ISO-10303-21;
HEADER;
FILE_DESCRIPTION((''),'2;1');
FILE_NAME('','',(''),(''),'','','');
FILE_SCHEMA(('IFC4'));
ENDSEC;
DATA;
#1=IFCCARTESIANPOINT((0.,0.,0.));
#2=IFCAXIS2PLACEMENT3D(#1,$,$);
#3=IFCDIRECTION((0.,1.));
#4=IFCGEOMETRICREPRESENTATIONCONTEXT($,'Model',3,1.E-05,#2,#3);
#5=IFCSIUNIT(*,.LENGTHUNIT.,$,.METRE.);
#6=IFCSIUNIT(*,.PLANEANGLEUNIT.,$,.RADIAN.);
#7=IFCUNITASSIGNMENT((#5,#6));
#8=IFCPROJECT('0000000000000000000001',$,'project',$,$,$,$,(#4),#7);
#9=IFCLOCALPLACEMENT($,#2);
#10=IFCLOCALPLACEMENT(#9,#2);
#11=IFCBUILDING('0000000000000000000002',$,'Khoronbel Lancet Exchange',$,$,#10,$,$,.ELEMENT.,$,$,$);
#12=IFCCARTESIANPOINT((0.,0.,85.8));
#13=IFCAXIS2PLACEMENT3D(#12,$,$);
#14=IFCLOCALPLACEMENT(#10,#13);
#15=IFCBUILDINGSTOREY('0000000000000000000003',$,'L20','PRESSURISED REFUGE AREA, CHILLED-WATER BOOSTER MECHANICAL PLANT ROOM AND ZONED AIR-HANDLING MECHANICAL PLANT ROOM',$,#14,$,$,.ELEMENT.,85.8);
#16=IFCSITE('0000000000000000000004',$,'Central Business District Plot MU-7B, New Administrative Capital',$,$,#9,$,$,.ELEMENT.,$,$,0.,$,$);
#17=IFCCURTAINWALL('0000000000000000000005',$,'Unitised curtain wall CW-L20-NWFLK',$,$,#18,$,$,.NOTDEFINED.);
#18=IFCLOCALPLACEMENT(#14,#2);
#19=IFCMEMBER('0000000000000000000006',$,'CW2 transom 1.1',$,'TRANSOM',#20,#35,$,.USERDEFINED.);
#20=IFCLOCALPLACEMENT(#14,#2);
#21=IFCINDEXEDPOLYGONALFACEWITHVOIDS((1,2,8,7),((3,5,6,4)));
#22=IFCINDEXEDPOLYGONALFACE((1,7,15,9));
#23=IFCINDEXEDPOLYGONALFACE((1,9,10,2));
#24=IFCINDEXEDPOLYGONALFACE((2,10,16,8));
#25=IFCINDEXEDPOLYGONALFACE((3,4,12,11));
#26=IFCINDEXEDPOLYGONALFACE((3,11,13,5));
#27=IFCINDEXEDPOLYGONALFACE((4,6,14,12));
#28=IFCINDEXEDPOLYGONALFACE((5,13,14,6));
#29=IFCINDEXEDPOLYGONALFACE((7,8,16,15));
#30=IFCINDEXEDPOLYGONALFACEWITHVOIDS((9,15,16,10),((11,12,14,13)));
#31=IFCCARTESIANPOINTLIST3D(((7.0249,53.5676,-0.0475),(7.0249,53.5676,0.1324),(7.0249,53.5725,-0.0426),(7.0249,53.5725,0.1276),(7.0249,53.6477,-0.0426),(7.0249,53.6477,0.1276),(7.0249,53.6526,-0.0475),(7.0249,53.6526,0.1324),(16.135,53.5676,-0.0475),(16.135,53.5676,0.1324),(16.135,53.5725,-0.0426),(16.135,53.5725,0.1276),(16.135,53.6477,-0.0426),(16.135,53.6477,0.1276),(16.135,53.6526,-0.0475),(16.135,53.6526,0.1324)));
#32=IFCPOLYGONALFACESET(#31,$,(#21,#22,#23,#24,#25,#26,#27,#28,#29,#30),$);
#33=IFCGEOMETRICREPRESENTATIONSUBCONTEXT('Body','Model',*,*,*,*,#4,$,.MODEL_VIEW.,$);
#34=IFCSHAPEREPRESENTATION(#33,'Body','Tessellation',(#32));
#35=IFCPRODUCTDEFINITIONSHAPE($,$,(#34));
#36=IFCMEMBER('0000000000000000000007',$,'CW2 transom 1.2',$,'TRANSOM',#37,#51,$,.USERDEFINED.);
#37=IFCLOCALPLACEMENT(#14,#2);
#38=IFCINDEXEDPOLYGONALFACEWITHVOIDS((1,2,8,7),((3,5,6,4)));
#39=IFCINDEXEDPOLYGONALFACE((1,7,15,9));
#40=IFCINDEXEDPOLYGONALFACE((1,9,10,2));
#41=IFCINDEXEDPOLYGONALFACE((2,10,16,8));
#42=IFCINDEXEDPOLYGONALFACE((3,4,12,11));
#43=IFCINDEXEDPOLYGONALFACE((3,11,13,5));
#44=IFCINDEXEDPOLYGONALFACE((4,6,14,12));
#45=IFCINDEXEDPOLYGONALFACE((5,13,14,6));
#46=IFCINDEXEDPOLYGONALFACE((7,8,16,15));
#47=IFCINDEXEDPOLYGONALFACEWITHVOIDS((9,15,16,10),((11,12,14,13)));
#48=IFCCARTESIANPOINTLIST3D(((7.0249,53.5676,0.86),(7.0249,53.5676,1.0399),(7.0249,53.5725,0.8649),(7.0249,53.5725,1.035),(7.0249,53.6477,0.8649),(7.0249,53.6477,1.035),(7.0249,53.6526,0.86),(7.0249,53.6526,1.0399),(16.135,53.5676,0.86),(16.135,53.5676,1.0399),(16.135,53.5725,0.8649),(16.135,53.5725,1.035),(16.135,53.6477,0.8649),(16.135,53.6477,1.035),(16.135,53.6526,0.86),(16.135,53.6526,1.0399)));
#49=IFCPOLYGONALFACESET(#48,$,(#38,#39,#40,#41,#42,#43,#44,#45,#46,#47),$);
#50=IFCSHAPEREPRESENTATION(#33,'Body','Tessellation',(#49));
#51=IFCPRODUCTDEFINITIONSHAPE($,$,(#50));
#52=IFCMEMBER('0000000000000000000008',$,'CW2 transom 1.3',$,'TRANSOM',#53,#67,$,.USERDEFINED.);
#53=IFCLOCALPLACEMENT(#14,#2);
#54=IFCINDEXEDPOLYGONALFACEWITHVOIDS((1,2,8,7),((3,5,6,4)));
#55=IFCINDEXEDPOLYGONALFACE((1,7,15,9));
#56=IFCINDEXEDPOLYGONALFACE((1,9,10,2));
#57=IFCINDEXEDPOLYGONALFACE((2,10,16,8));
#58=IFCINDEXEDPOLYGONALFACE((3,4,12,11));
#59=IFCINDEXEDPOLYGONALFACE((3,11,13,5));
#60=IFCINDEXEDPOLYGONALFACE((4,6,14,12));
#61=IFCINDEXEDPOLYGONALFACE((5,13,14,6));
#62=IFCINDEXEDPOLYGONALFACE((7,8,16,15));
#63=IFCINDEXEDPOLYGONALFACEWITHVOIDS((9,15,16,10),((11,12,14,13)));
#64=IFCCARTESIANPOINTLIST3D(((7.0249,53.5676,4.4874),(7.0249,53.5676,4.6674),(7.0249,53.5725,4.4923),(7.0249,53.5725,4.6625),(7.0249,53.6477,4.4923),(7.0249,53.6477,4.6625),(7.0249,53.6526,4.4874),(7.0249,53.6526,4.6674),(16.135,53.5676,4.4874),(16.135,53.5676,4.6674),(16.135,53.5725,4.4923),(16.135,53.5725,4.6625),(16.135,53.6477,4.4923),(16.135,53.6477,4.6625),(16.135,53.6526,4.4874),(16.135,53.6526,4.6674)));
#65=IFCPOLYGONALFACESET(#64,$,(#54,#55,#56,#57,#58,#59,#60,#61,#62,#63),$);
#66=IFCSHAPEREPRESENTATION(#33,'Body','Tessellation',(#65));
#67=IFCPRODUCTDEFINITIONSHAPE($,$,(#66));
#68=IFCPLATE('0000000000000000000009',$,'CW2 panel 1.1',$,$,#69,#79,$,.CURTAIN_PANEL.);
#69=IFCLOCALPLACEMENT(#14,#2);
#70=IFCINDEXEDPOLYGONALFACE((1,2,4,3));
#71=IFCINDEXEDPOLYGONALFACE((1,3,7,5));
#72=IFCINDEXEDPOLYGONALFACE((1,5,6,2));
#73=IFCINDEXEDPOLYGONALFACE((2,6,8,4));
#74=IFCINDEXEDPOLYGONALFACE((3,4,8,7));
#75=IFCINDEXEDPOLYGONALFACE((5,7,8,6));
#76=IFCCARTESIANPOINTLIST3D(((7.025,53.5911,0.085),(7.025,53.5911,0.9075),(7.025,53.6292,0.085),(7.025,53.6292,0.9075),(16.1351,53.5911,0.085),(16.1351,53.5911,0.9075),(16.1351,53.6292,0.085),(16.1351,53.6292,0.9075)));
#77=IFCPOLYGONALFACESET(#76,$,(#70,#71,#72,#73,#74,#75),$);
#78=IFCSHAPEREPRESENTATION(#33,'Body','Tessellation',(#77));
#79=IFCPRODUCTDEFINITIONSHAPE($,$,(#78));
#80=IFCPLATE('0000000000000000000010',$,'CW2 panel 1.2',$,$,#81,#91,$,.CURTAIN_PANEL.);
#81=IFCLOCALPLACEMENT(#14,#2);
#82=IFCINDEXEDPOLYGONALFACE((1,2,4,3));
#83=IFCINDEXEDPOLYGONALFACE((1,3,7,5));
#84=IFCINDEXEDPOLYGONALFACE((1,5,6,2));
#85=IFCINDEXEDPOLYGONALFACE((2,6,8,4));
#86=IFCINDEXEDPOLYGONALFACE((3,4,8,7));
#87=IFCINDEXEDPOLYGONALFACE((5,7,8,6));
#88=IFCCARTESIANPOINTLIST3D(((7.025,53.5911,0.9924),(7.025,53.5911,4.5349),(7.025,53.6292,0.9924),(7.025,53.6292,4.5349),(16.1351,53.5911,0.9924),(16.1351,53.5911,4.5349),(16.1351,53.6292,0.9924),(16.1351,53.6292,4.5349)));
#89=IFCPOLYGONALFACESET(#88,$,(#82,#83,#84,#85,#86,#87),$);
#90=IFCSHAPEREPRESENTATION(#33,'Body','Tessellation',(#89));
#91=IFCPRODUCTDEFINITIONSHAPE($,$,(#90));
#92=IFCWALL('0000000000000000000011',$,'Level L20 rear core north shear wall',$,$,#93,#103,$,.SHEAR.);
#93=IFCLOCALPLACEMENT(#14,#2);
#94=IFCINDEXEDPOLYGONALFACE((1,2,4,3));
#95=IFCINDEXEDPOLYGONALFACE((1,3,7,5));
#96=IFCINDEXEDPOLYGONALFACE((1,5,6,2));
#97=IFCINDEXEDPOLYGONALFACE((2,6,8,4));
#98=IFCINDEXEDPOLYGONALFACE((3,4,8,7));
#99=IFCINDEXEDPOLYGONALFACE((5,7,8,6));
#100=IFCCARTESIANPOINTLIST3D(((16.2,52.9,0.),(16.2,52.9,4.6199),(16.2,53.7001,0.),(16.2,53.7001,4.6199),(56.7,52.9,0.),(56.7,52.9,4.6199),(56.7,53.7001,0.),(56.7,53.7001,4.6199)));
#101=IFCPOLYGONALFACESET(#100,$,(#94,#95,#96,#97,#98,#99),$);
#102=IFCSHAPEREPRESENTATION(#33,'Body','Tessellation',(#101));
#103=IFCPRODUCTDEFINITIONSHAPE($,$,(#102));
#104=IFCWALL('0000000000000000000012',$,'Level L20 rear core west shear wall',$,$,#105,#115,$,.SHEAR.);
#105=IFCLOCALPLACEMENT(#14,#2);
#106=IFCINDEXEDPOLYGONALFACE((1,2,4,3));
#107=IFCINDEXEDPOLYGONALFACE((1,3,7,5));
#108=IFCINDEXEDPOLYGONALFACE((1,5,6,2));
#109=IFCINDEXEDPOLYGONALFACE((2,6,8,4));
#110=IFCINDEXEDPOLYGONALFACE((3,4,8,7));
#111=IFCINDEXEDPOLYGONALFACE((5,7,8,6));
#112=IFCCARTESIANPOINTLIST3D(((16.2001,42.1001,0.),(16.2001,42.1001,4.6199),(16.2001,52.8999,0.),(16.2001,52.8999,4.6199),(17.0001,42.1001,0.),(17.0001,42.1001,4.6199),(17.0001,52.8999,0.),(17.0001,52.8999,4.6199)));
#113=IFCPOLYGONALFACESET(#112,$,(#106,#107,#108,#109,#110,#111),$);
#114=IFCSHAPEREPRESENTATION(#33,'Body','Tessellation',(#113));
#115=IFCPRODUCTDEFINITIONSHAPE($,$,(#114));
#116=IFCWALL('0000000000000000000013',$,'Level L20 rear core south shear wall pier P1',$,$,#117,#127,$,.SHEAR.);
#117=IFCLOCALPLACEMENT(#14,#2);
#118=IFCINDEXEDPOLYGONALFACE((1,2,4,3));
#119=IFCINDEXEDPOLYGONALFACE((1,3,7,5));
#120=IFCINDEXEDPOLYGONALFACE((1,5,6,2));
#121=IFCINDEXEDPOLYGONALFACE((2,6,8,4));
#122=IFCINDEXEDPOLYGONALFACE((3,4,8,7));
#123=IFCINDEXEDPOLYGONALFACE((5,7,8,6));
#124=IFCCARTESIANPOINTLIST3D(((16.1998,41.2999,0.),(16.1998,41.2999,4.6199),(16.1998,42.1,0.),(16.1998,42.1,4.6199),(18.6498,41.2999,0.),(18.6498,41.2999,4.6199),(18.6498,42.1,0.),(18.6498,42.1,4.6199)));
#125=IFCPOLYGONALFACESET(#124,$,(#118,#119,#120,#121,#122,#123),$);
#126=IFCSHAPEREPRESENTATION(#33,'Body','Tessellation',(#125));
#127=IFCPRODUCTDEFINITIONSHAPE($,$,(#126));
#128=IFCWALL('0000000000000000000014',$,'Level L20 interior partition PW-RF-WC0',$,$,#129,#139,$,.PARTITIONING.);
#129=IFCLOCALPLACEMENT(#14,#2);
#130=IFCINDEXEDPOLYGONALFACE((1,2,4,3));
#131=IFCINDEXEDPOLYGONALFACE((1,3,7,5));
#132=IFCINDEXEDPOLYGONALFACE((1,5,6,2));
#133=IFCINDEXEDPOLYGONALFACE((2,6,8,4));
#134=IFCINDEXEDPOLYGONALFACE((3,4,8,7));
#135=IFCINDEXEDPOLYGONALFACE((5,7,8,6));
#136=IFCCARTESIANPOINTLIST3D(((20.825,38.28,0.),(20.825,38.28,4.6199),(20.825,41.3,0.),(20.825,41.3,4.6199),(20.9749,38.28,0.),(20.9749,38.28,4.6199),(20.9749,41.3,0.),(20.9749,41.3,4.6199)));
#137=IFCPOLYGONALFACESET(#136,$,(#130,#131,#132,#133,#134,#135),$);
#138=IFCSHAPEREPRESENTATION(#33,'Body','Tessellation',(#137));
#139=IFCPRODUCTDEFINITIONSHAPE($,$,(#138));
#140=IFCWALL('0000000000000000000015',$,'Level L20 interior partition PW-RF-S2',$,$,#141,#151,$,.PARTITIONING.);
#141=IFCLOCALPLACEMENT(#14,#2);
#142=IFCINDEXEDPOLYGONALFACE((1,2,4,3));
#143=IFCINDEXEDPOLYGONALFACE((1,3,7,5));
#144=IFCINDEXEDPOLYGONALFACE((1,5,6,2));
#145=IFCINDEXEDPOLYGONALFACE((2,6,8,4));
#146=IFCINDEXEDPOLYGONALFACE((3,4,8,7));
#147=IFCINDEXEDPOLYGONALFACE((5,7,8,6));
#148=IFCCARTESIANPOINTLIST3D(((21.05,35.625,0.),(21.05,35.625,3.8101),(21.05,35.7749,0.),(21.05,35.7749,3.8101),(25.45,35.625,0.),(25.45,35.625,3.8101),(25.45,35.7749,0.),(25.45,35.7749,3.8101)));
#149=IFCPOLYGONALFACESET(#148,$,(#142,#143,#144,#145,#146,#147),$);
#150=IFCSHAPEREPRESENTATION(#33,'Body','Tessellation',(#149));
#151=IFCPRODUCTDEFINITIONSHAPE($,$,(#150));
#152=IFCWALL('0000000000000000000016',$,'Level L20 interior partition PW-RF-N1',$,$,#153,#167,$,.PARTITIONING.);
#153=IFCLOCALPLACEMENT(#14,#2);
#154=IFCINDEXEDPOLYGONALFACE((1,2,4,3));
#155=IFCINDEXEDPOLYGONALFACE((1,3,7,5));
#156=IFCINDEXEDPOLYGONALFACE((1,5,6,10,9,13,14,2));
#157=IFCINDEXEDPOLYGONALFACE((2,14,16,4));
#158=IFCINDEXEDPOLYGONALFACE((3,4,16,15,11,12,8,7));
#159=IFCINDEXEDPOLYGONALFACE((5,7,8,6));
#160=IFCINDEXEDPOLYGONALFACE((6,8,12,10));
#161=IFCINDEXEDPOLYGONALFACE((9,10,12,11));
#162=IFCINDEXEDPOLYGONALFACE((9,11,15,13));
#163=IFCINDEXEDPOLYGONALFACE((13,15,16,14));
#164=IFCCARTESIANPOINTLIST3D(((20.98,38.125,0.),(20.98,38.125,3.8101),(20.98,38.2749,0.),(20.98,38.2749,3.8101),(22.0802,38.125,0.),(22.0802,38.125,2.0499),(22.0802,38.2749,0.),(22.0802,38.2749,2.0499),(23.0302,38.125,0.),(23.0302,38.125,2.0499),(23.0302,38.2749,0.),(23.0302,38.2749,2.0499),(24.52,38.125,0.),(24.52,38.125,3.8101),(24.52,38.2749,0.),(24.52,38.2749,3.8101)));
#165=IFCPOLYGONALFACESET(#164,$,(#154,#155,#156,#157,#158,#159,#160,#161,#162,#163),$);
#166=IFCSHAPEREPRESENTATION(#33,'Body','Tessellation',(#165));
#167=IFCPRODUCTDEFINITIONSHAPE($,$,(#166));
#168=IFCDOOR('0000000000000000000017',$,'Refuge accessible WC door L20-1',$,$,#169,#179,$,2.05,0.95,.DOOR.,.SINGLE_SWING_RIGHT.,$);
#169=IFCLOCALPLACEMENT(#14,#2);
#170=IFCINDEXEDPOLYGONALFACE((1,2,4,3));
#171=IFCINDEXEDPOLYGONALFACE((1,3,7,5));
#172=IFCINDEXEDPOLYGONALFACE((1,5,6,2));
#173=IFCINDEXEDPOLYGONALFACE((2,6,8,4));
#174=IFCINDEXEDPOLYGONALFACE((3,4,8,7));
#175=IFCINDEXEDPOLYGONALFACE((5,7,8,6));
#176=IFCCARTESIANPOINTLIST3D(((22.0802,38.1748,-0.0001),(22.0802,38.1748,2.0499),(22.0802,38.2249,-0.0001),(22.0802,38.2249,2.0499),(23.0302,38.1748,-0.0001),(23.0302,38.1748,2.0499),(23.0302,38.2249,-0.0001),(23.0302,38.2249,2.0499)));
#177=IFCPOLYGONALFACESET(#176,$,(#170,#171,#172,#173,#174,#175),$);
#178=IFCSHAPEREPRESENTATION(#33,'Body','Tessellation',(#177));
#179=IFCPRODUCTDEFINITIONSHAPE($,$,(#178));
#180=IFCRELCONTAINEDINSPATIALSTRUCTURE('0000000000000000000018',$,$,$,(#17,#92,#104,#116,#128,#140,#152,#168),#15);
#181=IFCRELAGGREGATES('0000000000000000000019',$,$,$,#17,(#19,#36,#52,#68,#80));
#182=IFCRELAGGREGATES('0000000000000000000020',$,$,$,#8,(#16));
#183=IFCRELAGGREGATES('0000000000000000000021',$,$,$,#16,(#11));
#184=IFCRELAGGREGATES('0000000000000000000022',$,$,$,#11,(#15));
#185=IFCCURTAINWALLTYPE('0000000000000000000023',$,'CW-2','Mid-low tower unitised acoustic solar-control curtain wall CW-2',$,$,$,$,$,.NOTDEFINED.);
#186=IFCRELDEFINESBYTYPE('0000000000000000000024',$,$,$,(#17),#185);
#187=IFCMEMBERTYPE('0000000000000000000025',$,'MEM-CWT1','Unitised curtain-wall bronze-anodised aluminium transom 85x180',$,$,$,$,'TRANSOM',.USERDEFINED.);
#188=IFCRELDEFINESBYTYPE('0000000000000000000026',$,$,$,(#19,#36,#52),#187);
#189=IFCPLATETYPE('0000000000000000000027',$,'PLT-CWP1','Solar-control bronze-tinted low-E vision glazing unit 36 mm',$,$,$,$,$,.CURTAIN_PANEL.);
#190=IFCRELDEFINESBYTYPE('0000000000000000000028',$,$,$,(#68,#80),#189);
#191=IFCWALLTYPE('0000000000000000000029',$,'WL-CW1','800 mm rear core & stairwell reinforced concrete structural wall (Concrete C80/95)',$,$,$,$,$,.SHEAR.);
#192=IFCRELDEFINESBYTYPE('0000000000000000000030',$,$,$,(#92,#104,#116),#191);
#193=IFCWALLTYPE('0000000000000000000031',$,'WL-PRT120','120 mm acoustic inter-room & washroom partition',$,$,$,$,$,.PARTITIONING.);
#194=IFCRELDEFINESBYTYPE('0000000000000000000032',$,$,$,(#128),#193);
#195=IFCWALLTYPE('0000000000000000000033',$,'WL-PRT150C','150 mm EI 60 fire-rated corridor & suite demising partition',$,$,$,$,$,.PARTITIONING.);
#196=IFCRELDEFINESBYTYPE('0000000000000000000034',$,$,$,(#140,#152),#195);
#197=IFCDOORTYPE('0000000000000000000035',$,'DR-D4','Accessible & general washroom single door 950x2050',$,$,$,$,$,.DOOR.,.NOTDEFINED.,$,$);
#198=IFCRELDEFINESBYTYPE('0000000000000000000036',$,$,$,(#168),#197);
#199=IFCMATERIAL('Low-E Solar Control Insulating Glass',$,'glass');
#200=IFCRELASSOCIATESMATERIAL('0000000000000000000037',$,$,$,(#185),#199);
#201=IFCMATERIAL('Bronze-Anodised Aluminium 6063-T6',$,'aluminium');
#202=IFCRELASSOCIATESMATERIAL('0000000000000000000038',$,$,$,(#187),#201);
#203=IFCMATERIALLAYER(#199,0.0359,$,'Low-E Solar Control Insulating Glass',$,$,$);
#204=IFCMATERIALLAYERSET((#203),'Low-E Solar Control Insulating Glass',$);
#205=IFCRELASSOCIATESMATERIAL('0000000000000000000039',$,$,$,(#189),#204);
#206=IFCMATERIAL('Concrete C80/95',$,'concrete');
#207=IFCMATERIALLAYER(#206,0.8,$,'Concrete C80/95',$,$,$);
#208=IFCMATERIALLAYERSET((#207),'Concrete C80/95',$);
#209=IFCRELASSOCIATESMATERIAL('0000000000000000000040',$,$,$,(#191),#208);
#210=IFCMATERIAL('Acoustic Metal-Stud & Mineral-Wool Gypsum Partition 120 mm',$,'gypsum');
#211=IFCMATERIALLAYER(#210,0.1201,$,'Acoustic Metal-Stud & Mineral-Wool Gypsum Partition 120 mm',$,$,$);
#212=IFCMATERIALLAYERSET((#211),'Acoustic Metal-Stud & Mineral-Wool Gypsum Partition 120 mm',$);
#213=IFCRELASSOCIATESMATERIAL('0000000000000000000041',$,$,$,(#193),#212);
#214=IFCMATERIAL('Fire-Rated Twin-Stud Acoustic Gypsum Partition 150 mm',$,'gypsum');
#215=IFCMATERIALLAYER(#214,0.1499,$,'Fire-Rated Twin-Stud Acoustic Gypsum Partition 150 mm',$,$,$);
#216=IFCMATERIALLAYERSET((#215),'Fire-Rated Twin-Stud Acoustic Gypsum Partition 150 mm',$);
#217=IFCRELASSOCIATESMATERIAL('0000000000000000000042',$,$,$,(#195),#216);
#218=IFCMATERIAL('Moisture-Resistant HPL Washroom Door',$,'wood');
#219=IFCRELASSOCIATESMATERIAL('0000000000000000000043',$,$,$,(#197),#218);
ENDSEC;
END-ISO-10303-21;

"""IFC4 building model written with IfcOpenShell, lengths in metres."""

from ifc_helpers import new_model, si_unit, direction, frame, frame_2d, origin, origin_2d, place, context, subcontext, project, spatial, rectangle, hollow_rectangle, extrude, material, layer, layer_set, material_profile, profile_set, type_object, element, fill, aggregate, save


model = new_model("IFC4")

# Units and contexts
model_context = context("Model", 3, precision=1e-05, world=origin(), true_north=direction((0.0, 1.0)))
body_context = subcontext(model_context, "Body", "Model", "MODEL_VIEW")
ifc_project = project(units=[si_unit("LENGTHUNIT", "METRE"), si_unit("PLANEANGLEUNIT", "RADIAN")], contexts=[model_context])

# Site, building, storey
site_placement = place(None, origin())
site = spatial("IfcSite", under=ifc_project, at=site_placement, Name="Central Business District Plot MU-7B, New Administrative Capital", CompositionType="ELEMENT", RefElevation=0.0)
building_placement = place(site_placement, origin())
building = spatial("IfcBuilding", under=site, at=building_placement, Name="Khoronbel Lancet Exchange", CompositionType="ELEMENT")
storey_placement = place(building_placement, frame((0.0, 0.0, 85.8)))
storey = spatial("IfcBuildingStorey", under=building, at=storey_placement, Name="L20", Description="PRESSURISED REFUGE AREA, CHILLED-WATER BOOSTER MECHANICAL PLANT ROOM AND ZONED AIR-HANDLING MECHANICAL PLANT ROOM", CompositionType="ELEMENT", Elevation=85.8)

# Shared definitions
ifc_material_1 = material(Name="Concrete C80/95", Category="concrete")

# Curtain wall, members, plates
ifc_material_2 = material(Name="Low-E Solar Control Insulating Glass", Category="glass")
curtain_wall_type = type_object("IfcCurtainWallType", Name="CW-2", Description="Mid-low tower unitised acoustic solar-control curtain wall CW-2", PredefinedType="NOTDEFINED", material=ifc_material_2)
curtain_wall_placement = place(storey_placement, origin())
curtain_wall = element("IfcCurtainWall", 1, at=curtain_wall_placement, inside=storey, type_object=curtain_wall_type, Name="Unitised curtain wall CW-L20-NWFLK", PredefinedType="NOTDEFINED")
ifc_material_3 = material(Name="Bronze-Anodised Aluminium 6063-T6", Category="aluminium")
ifc_material_profile_1 = material_profile(ifc_material_3, hollow_rectangle(XDim=0.085, YDim=0.1799, WallThickness=0.0049, at=origin_2d()), Name="ALU TRANSOM 85x180")
ifc_profile_set_1 = profile_set([ifc_material_profile_1], Name="Bronze-Anodised Aluminium 6063-T6")
member_type_1 = type_object("IfcMemberType", Name="MEM-CWT1", Description="Unitised curtain-wall bronze-anodised aluminium transom 85x180", ElementType="TRANSOM", PredefinedType="USERDEFINED", material=ifc_profile_set_1)
member_1_placement = place(storey_placement, frame((16.135, 53.6101, 0.0425), z_axis=(-1.0, 0.0, 0.0), x_axis=(0.0, -1.0, 0.0)))
member_1 = element("IfcMember", 2, at=member_1_placement, type_object=member_type_1, Name="CW2 transom 1.1", ObjectType="TRANSOM", PredefinedType="USERDEFINED", context=body_context, shape_type="SweptSolid", body=[
    extrude(hollow_rectangle(XDim=0.085, YDim=0.1799, WallThickness=0.0049, at=origin_2d()), origin(), (0.0, 0.0, 1.0), 9.1101),
])
member_2_placement = place(storey_placement, frame((16.135, 53.6101, 0.95), z_axis=(-1.0, 0.0, 0.0), x_axis=(0.0, -1.0, 0.0)))
member_2 = element("IfcMember", 3, at=member_2_placement, type_object=member_type_1, Name="CW2 transom 1.2", ObjectType="TRANSOM", PredefinedType="USERDEFINED", context=body_context, shape_type="SweptSolid", body=[
    extrude(hollow_rectangle(XDim=0.085, YDim=0.1799, WallThickness=0.0049, at=origin_2d()), origin(), (0.0, 0.0, 1.0), 9.1101),
])
member_3_placement = place(storey_placement, frame((16.135, 53.6101, 4.5774), z_axis=(-1.0, 0.0, 0.0), x_axis=(0.0, -1.0, 0.0)))
member_3 = element("IfcMember", 4, at=member_3_placement, type_object=member_type_1, Name="CW2 transom 1.3", ObjectType="TRANSOM", PredefinedType="USERDEFINED", context=body_context, shape_type="SweptSolid", body=[
    extrude(hollow_rectangle(XDim=0.085, YDim=0.1799, WallThickness=0.0049, at=origin_2d()), origin(), (0.0, 0.0, 1.0), 9.1101),
])
ifc_layer_1 = layer(ifc_material_2, 0.0359, Name="Low-E Solar Control Insulating Glass")
ifc_layer_set_1 = layer_set([ifc_layer_1], Name="Low-E Solar Control Insulating Glass")
plate_type = type_object("IfcPlateType", Name="PLT-CWP1", Description="Solar-control bronze-tinted low-E vision glazing unit 36 mm", PredefinedType="CURTAIN_PANEL", material=ifc_layer_set_1)
plate_1_placement = place(storey_placement, frame((11.5801, 53.6101, 0.085), z_axis=(0.0, 0.0, 1.0), x_axis=(-1.0, 0.0, 0.0)))
plate_1 = element("IfcPlate", 5, at=plate_1_placement, type_object=plate_type, Name="CW2 panel 1.1", PredefinedType="CURTAIN_PANEL", context=body_context, shape_type="SweptSolid", body=[
    extrude(rectangle(XDim=9.1101, YDim=0.0381, at=origin_2d()), origin(), (0.0, 0.0, 1.0), 0.8225),
])
plate_2_placement = place(storey_placement, frame((11.5801, 53.6101, 0.9924), z_axis=(0.0, 0.0, 1.0), x_axis=(-1.0, 0.0, 0.0)))
plate_2 = element("IfcPlate", 6, at=plate_2_placement, type_object=plate_type, Name="CW2 panel 1.2", PredefinedType="CURTAIN_PANEL", context=body_context, shape_type="SweptSolid", body=[
    extrude(rectangle(XDim=9.1101, YDim=0.0381, at=origin_2d()), origin(), (0.0, 0.0, 1.0), 3.5425),
])
aggregate(curtain_wall, [member_1, member_2, member_3, plate_1, plate_2])

# Walls
ifc_layer_2 = layer(ifc_material_1, 0.8, Name="Concrete C80/95")
ifc_layer_set_2 = layer_set([ifc_layer_2], Name="Concrete C80/95")
wall_type_1 = type_object("IfcWallType", Name="WL-CW1", Description="800 mm rear core & stairwell reinforced concrete structural wall (Concrete C80/95)", PredefinedType="SHEAR", material=ifc_layer_set_2)
wall_1_placement = place(storey_placement, frame((16.2, 53.3, 0.0), z_axis=(0.0, 0.0, 1.0), x_axis=(1.0, 0.0, 0.0)))
element("IfcWall", 7, at=wall_1_placement, inside=storey, type_object=wall_type_1, Name="Level L20 rear core north shear wall", PredefinedType="SHEAR", context=body_context, shape_type="SweptSolid", body=[
    extrude(rectangle(XDim=40.5, YDim=0.8, at=frame_2d((20.25, 0.0))), origin(), (0.0, 0.0, 1.0), 4.6199),
])
wall_2_placement = place(storey_placement, frame((16.6001, 42.1001, 0.0), z_axis=(0.0, 0.0, 1.0), x_axis=(0.0, 1.0, 0.0)))
element("IfcWall", 8, at=wall_2_placement, inside=storey, type_object=wall_type_1, Name="Level L20 rear core west shear wall", PredefinedType="SHEAR", context=body_context, shape_type="SweptSolid", body=[
    extrude(rectangle(XDim=10.7998, YDim=0.8, at=frame_2d((5.3999, 0.0))), origin(), (0.0, 0.0, 1.0), 4.6199),
])
wall_3_placement = place(storey_placement, frame((18.6499, 41.7, 0.0), z_axis=(0.0, 0.0, 1.0), x_axis=(-1.0, 0.0, 0.0)))
element("IfcWall", 9, at=wall_3_placement, inside=storey, type_object=wall_type_1, Name="Level L20 rear core south shear wall pier P1", PredefinedType="SHEAR", context=body_context, shape_type="SweptSolid", body=[
    extrude(rectangle(XDim=2.45, YDim=0.8, at=frame_2d((1.2251, 0.0))), origin(), (0.0, 0.0, 1.0), 4.6199),
])
ifc_material_4 = material(Name="Acoustic Metal-Stud & Mineral-Wool Gypsum Partition 120 mm", Category="gypsum")
ifc_layer_3 = layer(ifc_material_4, 0.1201, Name="Acoustic Metal-Stud & Mineral-Wool Gypsum Partition 120 mm")
ifc_layer_set_3 = layer_set([ifc_layer_3], Name="Acoustic Metal-Stud & Mineral-Wool Gypsum Partition 120 mm")
wall_type_2 = type_object("IfcWallType", Name="WL-PRT120", Description="120 mm acoustic inter-room & washroom partition", PredefinedType="PARTITIONING", material=ifc_layer_set_3)
wall_4_placement = place(storey_placement, frame((20.8999, 38.28, 0.0), z_axis=(0.0, 0.0, 1.0), x_axis=(0.0, 1.0, 0.0)))
element("IfcWall", 10, at=wall_4_placement, inside=storey, type_object=wall_type_2, Name="Level L20 interior partition PW-RF-WC0", PredefinedType="PARTITIONING", context=body_context, shape_type="SweptSolid", body=[
    extrude(rectangle(XDim=3.02, YDim=0.1499, at=frame_2d((1.51, 0.0))), origin(), (0.0, 0.0, 1.0), 4.6199),
])
ifc_material_5 = material(Name="Fire-Rated Twin-Stud Acoustic Gypsum Partition 150 mm", Category="gypsum")
ifc_layer_4 = layer(ifc_material_5, 0.1499, Name="Fire-Rated Twin-Stud Acoustic Gypsum Partition 150 mm")
ifc_layer_set_4 = layer_set([ifc_layer_4], Name="Fire-Rated Twin-Stud Acoustic Gypsum Partition 150 mm")
wall_type_3 = type_object("IfcWallType", Name="WL-PRT150C", Description="150 mm EI 60 fire-rated corridor & suite demising partition", PredefinedType="PARTITIONING", material=ifc_layer_set_4)
wall_5_placement = place(storey_placement, frame((21.05, 35.7, 0.0), z_axis=(0.0, 0.0, 1.0), x_axis=(1.0, 0.0, 0.0)))
element("IfcWall", 11, at=wall_5_placement, inside=storey, type_object=wall_type_3, Name="Level L20 interior partition PW-RF-S2", PredefinedType="PARTITIONING", context=body_context, shape_type="SweptSolid", body=[
    extrude(rectangle(XDim=4.3999, YDim=0.1499, at=frame_2d((2.2, 0.0))), origin(), (0.0, 0.0, 1.0), 3.8101),
])

# Wall, opening, door
wall_6_placement = place(storey_placement, frame((20.98, 38.2, 0.0), z_axis=(0.0, 0.0, 1.0), x_axis=(1.0, 0.0, 0.0)))
wall_6 = element("IfcWall", 12, at=wall_6_placement, inside=storey, type_object=wall_type_3, Name="Level L20 interior partition PW-RF-N1", PredefinedType="PARTITIONING", context=body_context, shape_type="SweptSolid", body=[
    extrude(rectangle(XDim=3.54, YDim=0.1499, at=frame_2d((1.77, 0.0))), origin(), (0.0, 0.0, 1.0), 3.8101),
])
opening_1_placement = place(wall_6_placement, frame((1.1001, 0.0, 0.0)))
opening_1 = element("IfcOpeningElement", 13, at=opening_1_placement, cuts=wall_6, PredefinedType="OPENING", context=body_context, shape_type="SweptSolid", body=[
    extrude(rectangle(XDim=0.95, YDim=2.05, at=frame_2d((0.4751, 1.0249))), frame((0.0, 0.085, 0.0), z_axis=(0.0, -1.0, 0.0), x_axis=(1.0, 0.0, 0.0)), (0.0, 0.0, 1.0), 0.1699),
])
ifc_material_6 = material(Name="Moisture-Resistant HPL Washroom Door", Category="wood")
door_type_1 = type_object("IfcDoorType", Name="DR-D4", Description="Accessible & general washroom single door 950x2050", OperationType="NOTDEFINED", PredefinedType="DOOR", material=ifc_material_6)
door_1_placement = place(opening_1_placement, origin())
door_1 = element("IfcDoor", 14, at=door_1_placement, inside=storey, type_object=door_type_1, Name="Refuge accessible WC door L20-1", OperationType="SINGLE_SWING_RIGHT", OverallHeight=2.05, OverallWidth=0.95, PredefinedType="DOOR", context=body_context, shape_type="SweptSolid", body=[
    extrude(rectangle(XDim=0.95, YDim=2.05, at=frame_2d((0.4751, 1.0249))), frame((0.0, 0.0249, 0.0), z_axis=(0.0, -1.0, 0.0), x_axis=(1.0, 0.0, 0.0)), (0.0, 0.0, 1.0), 0.05),
])
fill(opening_1, door_1)

save(model, "model.ifc")
